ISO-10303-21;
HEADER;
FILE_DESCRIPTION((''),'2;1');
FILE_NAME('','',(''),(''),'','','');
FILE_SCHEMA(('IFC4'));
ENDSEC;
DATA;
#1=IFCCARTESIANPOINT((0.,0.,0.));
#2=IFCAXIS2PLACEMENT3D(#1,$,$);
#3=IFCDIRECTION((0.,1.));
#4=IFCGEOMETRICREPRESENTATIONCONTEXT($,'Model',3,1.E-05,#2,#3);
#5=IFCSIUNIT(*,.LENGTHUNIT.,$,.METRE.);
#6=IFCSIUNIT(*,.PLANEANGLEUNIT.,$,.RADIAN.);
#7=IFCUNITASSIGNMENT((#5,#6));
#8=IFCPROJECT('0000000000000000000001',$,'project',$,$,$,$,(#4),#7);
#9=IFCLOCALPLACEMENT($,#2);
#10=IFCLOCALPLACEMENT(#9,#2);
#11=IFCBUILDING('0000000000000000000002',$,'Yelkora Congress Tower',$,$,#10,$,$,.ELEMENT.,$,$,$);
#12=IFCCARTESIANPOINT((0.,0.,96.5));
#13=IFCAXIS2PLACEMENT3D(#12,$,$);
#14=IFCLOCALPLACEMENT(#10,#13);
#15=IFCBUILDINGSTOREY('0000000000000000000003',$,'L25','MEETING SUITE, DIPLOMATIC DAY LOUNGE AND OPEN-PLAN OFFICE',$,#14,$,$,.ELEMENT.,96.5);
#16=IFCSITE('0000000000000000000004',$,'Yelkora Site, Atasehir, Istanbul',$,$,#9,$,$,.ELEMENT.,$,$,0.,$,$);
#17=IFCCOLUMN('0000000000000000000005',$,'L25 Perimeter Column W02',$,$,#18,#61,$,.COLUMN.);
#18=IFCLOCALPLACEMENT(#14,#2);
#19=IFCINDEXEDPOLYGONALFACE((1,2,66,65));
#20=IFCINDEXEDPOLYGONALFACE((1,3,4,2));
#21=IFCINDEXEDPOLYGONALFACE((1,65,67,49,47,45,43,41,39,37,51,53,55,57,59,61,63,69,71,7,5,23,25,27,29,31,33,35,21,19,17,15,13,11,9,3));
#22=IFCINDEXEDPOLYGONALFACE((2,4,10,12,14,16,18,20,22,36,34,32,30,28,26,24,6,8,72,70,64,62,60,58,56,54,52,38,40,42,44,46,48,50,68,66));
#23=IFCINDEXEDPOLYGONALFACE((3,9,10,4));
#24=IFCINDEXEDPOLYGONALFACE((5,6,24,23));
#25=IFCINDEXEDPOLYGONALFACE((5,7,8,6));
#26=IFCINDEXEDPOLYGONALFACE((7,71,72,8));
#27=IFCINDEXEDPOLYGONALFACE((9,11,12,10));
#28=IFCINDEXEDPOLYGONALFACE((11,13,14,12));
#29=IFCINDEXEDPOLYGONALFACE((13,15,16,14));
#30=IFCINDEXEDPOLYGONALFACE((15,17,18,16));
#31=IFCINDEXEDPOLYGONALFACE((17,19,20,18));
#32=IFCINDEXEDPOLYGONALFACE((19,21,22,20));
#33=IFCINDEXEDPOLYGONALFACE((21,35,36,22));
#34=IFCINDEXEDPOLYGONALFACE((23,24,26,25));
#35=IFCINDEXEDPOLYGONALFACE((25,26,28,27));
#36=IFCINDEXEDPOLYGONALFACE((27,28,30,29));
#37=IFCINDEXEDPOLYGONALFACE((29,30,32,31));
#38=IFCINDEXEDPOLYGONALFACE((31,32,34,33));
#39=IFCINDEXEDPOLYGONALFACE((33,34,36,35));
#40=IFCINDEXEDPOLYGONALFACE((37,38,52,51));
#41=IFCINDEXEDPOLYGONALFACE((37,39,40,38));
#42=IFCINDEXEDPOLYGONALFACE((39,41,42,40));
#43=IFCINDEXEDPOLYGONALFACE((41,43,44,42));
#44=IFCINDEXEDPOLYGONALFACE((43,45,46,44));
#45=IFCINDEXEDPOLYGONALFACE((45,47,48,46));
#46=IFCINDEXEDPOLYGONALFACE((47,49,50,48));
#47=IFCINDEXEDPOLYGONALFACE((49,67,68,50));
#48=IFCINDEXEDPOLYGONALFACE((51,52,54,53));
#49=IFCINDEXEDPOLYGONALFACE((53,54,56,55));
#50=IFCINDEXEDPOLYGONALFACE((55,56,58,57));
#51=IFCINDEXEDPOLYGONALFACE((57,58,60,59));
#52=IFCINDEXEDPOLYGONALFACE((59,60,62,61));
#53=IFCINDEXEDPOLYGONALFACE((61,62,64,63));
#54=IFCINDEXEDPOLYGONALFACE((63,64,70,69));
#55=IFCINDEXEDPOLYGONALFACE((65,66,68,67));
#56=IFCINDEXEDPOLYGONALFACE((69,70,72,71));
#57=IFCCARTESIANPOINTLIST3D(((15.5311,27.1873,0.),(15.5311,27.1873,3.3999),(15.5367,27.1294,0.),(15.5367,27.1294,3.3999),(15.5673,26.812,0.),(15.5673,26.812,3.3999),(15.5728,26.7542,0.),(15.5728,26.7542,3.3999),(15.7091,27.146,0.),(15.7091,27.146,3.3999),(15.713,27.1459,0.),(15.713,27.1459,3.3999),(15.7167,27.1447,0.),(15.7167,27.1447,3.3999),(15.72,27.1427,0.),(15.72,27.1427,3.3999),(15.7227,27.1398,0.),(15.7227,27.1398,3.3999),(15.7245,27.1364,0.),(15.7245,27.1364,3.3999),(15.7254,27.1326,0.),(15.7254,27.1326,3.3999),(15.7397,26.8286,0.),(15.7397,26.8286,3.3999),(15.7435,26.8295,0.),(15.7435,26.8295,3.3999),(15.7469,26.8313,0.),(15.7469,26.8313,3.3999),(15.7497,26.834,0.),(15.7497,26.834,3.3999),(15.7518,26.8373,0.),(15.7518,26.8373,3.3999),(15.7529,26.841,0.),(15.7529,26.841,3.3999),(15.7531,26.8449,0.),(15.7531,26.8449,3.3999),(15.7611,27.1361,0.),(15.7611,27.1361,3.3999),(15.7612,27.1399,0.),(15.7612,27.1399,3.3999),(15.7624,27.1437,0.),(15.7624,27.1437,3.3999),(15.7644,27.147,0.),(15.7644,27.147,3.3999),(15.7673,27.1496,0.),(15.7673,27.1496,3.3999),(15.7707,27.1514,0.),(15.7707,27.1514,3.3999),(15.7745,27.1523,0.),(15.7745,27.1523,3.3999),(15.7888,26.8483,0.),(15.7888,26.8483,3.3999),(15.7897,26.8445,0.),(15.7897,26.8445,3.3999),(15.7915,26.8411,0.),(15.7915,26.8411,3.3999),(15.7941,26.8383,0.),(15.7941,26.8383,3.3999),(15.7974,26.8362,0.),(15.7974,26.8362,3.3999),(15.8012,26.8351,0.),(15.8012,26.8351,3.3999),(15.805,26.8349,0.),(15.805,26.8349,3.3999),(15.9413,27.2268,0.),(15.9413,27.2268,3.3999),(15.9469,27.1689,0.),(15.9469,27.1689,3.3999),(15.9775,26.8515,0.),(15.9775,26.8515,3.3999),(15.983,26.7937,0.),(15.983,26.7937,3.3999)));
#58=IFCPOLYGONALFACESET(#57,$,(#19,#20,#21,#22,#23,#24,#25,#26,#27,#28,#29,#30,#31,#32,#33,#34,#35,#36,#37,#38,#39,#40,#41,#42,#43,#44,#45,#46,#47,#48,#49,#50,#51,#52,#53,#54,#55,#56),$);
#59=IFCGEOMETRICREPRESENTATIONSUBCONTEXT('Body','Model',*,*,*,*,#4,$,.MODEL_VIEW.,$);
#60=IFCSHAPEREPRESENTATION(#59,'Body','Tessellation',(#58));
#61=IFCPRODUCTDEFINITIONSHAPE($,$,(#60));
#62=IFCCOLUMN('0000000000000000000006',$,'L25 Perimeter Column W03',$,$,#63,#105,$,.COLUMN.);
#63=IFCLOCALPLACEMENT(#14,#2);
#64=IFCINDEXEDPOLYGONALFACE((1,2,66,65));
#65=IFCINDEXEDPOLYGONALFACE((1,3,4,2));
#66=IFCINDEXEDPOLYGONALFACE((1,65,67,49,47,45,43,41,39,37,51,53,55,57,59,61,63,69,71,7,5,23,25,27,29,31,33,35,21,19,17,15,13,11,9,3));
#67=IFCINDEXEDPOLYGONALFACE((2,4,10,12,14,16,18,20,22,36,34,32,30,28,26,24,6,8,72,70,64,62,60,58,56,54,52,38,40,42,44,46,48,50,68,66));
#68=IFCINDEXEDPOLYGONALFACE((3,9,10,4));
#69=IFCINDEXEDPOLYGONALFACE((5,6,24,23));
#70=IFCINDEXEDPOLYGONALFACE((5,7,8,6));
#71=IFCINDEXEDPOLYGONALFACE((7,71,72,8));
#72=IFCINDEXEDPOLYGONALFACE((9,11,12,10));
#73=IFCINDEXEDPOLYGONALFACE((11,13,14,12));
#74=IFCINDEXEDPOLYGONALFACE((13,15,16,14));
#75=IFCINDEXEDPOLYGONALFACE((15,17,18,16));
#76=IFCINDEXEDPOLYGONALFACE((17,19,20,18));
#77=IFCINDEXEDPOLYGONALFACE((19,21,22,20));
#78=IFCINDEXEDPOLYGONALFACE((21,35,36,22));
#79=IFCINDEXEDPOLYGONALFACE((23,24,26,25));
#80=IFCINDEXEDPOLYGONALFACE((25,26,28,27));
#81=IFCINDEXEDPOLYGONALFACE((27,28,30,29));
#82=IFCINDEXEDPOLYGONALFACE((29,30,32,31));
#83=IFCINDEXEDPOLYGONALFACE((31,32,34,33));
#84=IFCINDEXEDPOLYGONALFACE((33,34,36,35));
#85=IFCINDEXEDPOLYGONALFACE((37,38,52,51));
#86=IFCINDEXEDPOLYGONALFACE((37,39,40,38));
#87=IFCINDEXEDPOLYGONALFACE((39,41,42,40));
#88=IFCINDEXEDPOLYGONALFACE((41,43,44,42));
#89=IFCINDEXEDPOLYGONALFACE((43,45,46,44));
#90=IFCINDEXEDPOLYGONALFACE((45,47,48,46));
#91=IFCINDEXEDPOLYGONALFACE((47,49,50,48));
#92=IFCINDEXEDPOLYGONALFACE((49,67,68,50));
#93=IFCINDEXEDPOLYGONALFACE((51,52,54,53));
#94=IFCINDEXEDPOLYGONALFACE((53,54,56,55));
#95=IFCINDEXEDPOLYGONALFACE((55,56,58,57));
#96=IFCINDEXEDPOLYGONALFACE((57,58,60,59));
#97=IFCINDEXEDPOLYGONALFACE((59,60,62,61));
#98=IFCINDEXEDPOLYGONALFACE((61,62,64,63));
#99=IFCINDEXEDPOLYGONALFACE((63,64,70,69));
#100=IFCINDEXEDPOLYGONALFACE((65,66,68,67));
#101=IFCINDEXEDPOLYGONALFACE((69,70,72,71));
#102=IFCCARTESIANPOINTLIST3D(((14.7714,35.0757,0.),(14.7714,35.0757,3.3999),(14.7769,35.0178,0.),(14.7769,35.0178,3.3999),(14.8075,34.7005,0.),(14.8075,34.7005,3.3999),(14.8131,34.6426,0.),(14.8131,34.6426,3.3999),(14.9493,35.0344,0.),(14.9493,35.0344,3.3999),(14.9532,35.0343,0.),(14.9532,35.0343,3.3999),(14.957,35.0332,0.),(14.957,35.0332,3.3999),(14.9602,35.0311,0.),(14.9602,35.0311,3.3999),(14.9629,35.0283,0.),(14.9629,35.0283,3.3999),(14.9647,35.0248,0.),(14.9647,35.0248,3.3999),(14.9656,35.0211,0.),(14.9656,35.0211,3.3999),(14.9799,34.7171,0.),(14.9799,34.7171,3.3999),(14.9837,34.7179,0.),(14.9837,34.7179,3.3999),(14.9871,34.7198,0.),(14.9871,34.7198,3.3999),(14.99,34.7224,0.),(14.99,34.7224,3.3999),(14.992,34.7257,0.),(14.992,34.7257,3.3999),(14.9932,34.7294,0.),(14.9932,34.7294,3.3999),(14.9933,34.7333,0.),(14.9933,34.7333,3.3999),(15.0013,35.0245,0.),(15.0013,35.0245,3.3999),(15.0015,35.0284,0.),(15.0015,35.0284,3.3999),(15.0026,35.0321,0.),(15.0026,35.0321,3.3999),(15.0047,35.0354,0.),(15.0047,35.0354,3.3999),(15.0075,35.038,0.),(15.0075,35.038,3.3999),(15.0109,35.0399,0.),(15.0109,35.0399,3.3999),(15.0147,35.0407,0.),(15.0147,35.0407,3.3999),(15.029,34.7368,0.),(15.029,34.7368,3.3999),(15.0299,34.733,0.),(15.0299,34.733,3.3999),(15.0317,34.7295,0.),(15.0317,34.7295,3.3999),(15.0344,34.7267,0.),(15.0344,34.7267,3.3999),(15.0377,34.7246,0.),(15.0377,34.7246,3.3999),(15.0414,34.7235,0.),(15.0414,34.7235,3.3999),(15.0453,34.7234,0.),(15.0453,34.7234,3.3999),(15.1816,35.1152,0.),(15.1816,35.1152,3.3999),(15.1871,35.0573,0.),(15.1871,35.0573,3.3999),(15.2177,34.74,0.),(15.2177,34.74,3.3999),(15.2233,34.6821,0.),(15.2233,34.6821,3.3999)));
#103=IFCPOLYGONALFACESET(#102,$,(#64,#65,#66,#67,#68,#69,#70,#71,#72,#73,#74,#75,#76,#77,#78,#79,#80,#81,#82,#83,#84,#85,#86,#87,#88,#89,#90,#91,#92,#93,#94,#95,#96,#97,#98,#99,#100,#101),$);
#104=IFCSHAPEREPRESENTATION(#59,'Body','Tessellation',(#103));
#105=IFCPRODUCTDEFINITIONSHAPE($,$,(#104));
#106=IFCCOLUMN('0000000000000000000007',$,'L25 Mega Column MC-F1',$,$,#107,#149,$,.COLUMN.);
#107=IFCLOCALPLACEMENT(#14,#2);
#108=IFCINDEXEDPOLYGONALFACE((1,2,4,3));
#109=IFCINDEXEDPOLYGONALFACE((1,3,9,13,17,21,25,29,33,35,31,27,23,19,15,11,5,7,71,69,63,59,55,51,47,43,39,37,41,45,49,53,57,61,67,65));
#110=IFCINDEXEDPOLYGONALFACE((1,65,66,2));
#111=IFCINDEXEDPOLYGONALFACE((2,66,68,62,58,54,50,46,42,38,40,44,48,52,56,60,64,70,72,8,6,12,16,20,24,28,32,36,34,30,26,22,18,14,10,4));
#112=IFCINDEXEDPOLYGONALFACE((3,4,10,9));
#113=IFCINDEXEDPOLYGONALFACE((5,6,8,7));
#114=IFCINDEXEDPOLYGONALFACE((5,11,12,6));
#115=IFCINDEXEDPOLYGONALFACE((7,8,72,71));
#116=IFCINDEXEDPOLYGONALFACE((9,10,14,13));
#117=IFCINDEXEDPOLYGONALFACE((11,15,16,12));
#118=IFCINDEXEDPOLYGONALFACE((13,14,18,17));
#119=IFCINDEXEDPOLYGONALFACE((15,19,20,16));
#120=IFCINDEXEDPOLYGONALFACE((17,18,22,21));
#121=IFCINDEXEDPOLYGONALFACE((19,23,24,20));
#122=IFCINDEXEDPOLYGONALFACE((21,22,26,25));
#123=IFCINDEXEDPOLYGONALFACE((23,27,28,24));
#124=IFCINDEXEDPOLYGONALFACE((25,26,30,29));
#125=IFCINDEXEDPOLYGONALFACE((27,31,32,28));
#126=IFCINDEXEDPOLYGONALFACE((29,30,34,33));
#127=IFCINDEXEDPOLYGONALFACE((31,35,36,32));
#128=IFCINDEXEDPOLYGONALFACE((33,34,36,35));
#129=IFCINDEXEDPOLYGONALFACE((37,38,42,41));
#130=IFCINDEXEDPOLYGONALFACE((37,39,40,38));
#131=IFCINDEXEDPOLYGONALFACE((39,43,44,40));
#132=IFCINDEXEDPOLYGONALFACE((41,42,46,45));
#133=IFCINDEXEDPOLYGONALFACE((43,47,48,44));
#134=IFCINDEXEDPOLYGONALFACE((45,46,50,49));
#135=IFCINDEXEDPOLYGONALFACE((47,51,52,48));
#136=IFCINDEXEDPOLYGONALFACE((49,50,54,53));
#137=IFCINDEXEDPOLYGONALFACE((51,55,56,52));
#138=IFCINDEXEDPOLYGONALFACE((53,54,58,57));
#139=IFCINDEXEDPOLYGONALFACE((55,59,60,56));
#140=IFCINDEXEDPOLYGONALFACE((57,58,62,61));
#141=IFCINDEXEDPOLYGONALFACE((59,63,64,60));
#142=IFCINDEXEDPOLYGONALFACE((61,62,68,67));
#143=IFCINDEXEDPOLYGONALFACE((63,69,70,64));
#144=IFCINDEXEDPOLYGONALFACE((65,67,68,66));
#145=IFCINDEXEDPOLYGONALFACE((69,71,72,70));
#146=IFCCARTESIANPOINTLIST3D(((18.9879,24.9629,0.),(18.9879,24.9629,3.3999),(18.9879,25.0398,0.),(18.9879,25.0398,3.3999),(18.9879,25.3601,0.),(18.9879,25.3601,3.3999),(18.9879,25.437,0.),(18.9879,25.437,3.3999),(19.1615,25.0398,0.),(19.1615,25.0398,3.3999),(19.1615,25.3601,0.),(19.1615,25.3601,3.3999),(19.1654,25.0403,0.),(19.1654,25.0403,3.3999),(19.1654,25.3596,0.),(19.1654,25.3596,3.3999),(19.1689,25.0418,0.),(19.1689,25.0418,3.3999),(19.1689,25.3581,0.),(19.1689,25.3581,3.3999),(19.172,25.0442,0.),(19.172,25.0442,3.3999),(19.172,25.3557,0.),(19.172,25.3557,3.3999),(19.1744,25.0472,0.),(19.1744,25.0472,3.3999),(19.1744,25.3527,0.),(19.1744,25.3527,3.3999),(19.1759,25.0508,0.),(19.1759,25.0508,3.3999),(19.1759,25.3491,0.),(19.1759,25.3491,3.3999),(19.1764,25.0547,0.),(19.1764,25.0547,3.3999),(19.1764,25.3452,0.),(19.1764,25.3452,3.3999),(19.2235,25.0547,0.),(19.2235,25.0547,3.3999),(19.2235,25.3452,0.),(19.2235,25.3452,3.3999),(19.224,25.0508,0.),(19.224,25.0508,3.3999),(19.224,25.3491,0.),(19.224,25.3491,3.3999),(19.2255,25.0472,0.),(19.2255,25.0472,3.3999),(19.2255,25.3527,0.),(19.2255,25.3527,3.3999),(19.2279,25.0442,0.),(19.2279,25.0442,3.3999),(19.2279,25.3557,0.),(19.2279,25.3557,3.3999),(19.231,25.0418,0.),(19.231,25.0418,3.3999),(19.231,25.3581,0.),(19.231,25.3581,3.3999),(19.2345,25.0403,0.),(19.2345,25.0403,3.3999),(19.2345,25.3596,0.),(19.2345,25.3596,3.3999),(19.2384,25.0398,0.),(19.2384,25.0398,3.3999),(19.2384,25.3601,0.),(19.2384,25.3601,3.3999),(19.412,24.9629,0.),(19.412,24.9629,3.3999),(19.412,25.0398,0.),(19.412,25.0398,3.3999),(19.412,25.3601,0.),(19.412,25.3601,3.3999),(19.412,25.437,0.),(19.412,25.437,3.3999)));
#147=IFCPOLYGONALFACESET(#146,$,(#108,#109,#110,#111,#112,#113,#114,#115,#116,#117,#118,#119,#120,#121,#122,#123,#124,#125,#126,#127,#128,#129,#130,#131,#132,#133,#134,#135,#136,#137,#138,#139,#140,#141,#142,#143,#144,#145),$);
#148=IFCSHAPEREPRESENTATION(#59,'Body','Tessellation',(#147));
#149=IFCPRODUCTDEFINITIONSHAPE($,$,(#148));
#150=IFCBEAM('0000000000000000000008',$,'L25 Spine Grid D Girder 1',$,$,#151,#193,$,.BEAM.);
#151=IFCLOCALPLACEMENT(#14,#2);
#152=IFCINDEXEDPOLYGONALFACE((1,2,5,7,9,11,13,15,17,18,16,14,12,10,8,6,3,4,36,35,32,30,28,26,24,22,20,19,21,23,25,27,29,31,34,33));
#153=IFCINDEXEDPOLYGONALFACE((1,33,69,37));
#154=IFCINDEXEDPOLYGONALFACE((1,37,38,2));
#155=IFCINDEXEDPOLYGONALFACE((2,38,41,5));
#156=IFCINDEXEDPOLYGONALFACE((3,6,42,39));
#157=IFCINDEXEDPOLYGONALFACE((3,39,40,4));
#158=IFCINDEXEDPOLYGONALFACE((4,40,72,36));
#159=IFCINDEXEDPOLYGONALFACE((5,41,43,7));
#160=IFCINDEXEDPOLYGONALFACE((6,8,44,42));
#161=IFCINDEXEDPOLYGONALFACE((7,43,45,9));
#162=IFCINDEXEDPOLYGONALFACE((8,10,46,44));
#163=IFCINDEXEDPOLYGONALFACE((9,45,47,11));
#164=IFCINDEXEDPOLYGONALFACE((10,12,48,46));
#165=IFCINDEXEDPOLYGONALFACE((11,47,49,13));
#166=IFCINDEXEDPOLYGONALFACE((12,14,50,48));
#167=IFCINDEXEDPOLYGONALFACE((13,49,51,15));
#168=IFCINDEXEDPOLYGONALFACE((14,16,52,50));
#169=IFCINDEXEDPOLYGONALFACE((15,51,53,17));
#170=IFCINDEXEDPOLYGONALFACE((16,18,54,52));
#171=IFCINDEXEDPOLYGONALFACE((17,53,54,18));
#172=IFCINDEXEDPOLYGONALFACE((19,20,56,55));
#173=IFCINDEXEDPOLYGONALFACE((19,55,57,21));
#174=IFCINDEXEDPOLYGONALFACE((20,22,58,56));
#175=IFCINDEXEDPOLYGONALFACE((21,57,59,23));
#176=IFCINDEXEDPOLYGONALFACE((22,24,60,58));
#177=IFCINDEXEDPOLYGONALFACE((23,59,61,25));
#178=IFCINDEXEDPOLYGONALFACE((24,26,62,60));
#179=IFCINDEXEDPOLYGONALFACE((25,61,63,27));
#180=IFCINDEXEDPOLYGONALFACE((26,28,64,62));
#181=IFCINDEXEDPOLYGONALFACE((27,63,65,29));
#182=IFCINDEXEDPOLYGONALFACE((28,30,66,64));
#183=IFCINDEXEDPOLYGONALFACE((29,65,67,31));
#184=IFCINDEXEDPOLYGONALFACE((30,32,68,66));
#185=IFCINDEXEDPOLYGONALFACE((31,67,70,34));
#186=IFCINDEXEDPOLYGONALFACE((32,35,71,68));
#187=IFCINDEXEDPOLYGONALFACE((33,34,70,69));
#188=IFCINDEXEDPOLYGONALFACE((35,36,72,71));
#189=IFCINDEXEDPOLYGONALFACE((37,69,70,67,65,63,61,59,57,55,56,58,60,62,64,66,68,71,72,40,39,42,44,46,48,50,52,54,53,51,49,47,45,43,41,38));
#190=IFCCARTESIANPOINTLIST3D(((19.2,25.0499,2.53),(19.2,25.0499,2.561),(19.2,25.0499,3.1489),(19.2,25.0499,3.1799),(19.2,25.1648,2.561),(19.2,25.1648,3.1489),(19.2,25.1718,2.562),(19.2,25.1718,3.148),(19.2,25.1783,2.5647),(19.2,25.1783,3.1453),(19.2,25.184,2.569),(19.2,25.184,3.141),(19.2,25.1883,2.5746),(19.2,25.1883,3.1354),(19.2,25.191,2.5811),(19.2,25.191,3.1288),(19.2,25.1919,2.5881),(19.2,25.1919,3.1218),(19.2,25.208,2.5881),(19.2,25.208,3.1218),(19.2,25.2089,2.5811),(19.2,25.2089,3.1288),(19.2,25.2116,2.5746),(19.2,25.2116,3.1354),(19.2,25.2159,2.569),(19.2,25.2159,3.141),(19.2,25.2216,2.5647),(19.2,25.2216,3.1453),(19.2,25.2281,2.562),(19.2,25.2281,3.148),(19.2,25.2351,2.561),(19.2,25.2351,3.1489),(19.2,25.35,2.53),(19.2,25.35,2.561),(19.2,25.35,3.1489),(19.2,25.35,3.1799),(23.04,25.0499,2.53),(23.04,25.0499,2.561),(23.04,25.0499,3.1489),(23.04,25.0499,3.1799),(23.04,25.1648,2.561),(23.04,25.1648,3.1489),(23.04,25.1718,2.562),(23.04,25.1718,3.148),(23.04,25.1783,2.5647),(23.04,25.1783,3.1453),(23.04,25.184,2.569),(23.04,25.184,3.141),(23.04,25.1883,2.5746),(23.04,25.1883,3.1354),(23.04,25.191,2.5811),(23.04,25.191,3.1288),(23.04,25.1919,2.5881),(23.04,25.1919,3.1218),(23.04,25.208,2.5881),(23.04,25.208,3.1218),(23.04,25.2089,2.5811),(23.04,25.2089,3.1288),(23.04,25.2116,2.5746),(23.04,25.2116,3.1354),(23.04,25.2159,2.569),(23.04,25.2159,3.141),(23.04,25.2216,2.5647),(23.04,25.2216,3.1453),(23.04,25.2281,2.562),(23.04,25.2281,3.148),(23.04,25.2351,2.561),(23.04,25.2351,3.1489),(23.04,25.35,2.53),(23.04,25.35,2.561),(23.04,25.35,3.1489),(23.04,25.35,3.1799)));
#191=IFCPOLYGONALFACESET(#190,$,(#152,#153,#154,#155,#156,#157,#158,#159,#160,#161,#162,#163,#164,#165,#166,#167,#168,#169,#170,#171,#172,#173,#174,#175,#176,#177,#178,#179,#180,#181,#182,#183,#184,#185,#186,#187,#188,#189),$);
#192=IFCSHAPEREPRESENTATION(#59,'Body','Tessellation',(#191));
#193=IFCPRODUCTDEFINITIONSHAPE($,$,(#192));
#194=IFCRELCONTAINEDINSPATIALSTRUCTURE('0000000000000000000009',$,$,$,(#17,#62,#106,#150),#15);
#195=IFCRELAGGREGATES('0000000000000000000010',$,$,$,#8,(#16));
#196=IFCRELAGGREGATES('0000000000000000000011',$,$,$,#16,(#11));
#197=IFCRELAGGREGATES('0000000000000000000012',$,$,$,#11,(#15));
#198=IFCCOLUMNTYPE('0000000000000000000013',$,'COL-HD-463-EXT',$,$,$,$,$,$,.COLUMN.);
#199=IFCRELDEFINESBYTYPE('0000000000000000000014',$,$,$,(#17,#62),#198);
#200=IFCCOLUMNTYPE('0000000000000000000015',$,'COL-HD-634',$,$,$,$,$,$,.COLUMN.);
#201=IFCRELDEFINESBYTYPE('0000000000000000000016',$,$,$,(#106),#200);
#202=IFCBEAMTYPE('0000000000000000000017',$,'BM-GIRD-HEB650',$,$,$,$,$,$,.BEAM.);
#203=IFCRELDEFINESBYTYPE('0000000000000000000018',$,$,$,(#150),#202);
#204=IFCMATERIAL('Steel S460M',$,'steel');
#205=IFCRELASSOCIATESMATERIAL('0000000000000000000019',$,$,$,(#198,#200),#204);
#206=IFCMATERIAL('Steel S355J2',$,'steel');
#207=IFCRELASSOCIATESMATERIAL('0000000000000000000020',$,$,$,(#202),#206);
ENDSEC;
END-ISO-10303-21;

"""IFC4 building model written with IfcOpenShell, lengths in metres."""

from ifc_helpers import new_model, si_unit, direction, frame, origin, origin_2d, place, context, subcontext, project, spatial, i_section, extrude, material, material_profile, profile_set, type_object, element, save


model = new_model("IFC4")

# Units and contexts
model_context = context("Model", 3, precision=1e-05, world=origin(), true_north=direction((0.0, 1.0)))
body_context = subcontext(model_context, "Body", "Model", "MODEL_VIEW")
ifc_project = project(units=[si_unit("LENGTHUNIT", "METRE"), si_unit("PLANEANGLEUNIT", "RADIAN")], contexts=[model_context])

# Site, building, storey
site_placement = place(None, origin())
site = spatial("IfcSite", under=ifc_project, at=site_placement, Name="Yelkora Site, Atasehir, Istanbul", CompositionType="ELEMENT", RefElevation=0.0)
building_placement = place(site_placement, origin())
building = spatial("IfcBuilding", under=site, at=building_placement, Name="Yelkora Congress Tower", CompositionType="ELEMENT")
storey_placement = place(building_placement, frame((0.0, 0.0, 96.5)))
storey = spatial("IfcBuildingStorey", under=building, at=storey_placement, Name="L25", Description="MEETING SUITE, DIPLOMATIC DAY LOUNGE AND OPEN-PLAN OFFICE", CompositionType="ELEMENT", Elevation=96.5)

# Columns
ifc_material_1 = material(Name="Steel S460M", Category="steel")
ifc_material_profile_1 = material_profile(ifc_material_1, i_section(OverallWidth=0.4121, OverallDepth=0.4351, WebThickness=0.0359, FlangeThickness=0.0581, FilletRadius=0.0149, at=origin_2d()), Name="HD 400x463")
ifc_profile_set_1 = profile_set([ifc_material_profile_1], Name="Steel S460M")
column_type_1 = type_object("IfcColumnType", Name="COL-HD-463-EXT", PredefinedType="COLUMN", material=ifc_profile_set_1)
for number, where, z_axis, x_axis, name in (
    (1, (15.7571, 26.9905, 0.0), (0.0, 0.0, 1.0), (0.995396, 0.095846, 0.0), "L25 Perimeter Column W02"),
    (2, (14.9973, 34.8789, 0.0), (0.0, 0.0, 1.0), (0.995396, 0.095846, 0.0), "L25 Perimeter Column W03"),
):
    element("IfcColumn", number, at=place(storey_placement, frame(where, z_axis=z_axis, x_axis=x_axis)), inside=storey, type_object=column_type_1, Name=name, PredefinedType="COLUMN", context=body_context, shape_type="SweptSolid", body=[
        extrude(i_section(OverallWidth=0.4121, OverallDepth=0.4351, WebThickness=0.0359, FlangeThickness=0.0581, FilletRadius=0.0149, at=origin_2d()), origin(), (0.0, 0.0, 1.0), 3.3999),
    ])
ifc_material_profile_2 = material_profile(ifc_material_1, i_section(OverallWidth=0.4241, OverallDepth=0.4741, WebThickness=0.0471, FlangeThickness=0.0769, FilletRadius=0.0149, at=origin_2d()), Name="HD 400x634")
ifc_profile_set_2 = profile_set([ifc_material_profile_2], Name="Steel S460M")
column_type_2 = type_object("IfcColumnType", Name="COL-HD-634", PredefinedType="COLUMN", material=ifc_profile_set_2)
column_placement = place(storey_placement, frame((19.2, 25.2, 0.0), z_axis=(0.0, 0.0, 1.0), x_axis=(1.0, 0.0, 0.0)))
element("IfcColumn", 3, at=column_placement, inside=storey, type_object=column_type_2, Name="L25 Mega Column MC-F1", PredefinedType="COLUMN", context=body_context, shape_type="SweptSolid", body=[
    extrude(i_section(OverallWidth=0.4241, OverallDepth=0.4741, WebThickness=0.0471, FlangeThickness=0.0769, FilletRadius=0.0149, at=origin_2d()), origin(), (0.0, 0.0, 1.0), 3.3999),
])

# Beam
ifc_material_2 = material(Name="Steel S355J2", Category="steel")
ifc_material_profile_3 = material_profile(ifc_material_2, i_section(OverallWidth=0.3, OverallDepth=0.6499, WebThickness=0.0161, FlangeThickness=0.031, FilletRadius=0.0271, at=origin_2d()), Name="HEB 650")
ifc_profile_set_3 = profile_set([ifc_material_profile_3], Name="Steel S355J2")
beam_type_1 = type_object("IfcBeamType", Name="BM-GIRD-HEB650", PredefinedType="BEAM", material=ifc_profile_set_3)
beam_1_placement = place(storey_placement, frame((19.2, 25.2, 2.855), z_axis=(1.0, 0.0, 0.0), x_axis=(0.0, 1.0, 0.0)))
element("IfcBeam", 4, at=beam_1_placement, inside=storey, type_object=beam_type_1, Name="L25 Spine Grid D Girder 1", PredefinedType="BEAM", context=body_context, shape_type="SweptSolid", body=[
    extrude(i_section(OverallWidth=0.3, OverallDepth=0.6499, WebThickness=0.0161, FlangeThickness=0.031, FilletRadius=0.0271, at=origin_2d()), origin(), (0.0, 0.0, 1.0), 3.8401),
])

save(model, "model.ifc")
